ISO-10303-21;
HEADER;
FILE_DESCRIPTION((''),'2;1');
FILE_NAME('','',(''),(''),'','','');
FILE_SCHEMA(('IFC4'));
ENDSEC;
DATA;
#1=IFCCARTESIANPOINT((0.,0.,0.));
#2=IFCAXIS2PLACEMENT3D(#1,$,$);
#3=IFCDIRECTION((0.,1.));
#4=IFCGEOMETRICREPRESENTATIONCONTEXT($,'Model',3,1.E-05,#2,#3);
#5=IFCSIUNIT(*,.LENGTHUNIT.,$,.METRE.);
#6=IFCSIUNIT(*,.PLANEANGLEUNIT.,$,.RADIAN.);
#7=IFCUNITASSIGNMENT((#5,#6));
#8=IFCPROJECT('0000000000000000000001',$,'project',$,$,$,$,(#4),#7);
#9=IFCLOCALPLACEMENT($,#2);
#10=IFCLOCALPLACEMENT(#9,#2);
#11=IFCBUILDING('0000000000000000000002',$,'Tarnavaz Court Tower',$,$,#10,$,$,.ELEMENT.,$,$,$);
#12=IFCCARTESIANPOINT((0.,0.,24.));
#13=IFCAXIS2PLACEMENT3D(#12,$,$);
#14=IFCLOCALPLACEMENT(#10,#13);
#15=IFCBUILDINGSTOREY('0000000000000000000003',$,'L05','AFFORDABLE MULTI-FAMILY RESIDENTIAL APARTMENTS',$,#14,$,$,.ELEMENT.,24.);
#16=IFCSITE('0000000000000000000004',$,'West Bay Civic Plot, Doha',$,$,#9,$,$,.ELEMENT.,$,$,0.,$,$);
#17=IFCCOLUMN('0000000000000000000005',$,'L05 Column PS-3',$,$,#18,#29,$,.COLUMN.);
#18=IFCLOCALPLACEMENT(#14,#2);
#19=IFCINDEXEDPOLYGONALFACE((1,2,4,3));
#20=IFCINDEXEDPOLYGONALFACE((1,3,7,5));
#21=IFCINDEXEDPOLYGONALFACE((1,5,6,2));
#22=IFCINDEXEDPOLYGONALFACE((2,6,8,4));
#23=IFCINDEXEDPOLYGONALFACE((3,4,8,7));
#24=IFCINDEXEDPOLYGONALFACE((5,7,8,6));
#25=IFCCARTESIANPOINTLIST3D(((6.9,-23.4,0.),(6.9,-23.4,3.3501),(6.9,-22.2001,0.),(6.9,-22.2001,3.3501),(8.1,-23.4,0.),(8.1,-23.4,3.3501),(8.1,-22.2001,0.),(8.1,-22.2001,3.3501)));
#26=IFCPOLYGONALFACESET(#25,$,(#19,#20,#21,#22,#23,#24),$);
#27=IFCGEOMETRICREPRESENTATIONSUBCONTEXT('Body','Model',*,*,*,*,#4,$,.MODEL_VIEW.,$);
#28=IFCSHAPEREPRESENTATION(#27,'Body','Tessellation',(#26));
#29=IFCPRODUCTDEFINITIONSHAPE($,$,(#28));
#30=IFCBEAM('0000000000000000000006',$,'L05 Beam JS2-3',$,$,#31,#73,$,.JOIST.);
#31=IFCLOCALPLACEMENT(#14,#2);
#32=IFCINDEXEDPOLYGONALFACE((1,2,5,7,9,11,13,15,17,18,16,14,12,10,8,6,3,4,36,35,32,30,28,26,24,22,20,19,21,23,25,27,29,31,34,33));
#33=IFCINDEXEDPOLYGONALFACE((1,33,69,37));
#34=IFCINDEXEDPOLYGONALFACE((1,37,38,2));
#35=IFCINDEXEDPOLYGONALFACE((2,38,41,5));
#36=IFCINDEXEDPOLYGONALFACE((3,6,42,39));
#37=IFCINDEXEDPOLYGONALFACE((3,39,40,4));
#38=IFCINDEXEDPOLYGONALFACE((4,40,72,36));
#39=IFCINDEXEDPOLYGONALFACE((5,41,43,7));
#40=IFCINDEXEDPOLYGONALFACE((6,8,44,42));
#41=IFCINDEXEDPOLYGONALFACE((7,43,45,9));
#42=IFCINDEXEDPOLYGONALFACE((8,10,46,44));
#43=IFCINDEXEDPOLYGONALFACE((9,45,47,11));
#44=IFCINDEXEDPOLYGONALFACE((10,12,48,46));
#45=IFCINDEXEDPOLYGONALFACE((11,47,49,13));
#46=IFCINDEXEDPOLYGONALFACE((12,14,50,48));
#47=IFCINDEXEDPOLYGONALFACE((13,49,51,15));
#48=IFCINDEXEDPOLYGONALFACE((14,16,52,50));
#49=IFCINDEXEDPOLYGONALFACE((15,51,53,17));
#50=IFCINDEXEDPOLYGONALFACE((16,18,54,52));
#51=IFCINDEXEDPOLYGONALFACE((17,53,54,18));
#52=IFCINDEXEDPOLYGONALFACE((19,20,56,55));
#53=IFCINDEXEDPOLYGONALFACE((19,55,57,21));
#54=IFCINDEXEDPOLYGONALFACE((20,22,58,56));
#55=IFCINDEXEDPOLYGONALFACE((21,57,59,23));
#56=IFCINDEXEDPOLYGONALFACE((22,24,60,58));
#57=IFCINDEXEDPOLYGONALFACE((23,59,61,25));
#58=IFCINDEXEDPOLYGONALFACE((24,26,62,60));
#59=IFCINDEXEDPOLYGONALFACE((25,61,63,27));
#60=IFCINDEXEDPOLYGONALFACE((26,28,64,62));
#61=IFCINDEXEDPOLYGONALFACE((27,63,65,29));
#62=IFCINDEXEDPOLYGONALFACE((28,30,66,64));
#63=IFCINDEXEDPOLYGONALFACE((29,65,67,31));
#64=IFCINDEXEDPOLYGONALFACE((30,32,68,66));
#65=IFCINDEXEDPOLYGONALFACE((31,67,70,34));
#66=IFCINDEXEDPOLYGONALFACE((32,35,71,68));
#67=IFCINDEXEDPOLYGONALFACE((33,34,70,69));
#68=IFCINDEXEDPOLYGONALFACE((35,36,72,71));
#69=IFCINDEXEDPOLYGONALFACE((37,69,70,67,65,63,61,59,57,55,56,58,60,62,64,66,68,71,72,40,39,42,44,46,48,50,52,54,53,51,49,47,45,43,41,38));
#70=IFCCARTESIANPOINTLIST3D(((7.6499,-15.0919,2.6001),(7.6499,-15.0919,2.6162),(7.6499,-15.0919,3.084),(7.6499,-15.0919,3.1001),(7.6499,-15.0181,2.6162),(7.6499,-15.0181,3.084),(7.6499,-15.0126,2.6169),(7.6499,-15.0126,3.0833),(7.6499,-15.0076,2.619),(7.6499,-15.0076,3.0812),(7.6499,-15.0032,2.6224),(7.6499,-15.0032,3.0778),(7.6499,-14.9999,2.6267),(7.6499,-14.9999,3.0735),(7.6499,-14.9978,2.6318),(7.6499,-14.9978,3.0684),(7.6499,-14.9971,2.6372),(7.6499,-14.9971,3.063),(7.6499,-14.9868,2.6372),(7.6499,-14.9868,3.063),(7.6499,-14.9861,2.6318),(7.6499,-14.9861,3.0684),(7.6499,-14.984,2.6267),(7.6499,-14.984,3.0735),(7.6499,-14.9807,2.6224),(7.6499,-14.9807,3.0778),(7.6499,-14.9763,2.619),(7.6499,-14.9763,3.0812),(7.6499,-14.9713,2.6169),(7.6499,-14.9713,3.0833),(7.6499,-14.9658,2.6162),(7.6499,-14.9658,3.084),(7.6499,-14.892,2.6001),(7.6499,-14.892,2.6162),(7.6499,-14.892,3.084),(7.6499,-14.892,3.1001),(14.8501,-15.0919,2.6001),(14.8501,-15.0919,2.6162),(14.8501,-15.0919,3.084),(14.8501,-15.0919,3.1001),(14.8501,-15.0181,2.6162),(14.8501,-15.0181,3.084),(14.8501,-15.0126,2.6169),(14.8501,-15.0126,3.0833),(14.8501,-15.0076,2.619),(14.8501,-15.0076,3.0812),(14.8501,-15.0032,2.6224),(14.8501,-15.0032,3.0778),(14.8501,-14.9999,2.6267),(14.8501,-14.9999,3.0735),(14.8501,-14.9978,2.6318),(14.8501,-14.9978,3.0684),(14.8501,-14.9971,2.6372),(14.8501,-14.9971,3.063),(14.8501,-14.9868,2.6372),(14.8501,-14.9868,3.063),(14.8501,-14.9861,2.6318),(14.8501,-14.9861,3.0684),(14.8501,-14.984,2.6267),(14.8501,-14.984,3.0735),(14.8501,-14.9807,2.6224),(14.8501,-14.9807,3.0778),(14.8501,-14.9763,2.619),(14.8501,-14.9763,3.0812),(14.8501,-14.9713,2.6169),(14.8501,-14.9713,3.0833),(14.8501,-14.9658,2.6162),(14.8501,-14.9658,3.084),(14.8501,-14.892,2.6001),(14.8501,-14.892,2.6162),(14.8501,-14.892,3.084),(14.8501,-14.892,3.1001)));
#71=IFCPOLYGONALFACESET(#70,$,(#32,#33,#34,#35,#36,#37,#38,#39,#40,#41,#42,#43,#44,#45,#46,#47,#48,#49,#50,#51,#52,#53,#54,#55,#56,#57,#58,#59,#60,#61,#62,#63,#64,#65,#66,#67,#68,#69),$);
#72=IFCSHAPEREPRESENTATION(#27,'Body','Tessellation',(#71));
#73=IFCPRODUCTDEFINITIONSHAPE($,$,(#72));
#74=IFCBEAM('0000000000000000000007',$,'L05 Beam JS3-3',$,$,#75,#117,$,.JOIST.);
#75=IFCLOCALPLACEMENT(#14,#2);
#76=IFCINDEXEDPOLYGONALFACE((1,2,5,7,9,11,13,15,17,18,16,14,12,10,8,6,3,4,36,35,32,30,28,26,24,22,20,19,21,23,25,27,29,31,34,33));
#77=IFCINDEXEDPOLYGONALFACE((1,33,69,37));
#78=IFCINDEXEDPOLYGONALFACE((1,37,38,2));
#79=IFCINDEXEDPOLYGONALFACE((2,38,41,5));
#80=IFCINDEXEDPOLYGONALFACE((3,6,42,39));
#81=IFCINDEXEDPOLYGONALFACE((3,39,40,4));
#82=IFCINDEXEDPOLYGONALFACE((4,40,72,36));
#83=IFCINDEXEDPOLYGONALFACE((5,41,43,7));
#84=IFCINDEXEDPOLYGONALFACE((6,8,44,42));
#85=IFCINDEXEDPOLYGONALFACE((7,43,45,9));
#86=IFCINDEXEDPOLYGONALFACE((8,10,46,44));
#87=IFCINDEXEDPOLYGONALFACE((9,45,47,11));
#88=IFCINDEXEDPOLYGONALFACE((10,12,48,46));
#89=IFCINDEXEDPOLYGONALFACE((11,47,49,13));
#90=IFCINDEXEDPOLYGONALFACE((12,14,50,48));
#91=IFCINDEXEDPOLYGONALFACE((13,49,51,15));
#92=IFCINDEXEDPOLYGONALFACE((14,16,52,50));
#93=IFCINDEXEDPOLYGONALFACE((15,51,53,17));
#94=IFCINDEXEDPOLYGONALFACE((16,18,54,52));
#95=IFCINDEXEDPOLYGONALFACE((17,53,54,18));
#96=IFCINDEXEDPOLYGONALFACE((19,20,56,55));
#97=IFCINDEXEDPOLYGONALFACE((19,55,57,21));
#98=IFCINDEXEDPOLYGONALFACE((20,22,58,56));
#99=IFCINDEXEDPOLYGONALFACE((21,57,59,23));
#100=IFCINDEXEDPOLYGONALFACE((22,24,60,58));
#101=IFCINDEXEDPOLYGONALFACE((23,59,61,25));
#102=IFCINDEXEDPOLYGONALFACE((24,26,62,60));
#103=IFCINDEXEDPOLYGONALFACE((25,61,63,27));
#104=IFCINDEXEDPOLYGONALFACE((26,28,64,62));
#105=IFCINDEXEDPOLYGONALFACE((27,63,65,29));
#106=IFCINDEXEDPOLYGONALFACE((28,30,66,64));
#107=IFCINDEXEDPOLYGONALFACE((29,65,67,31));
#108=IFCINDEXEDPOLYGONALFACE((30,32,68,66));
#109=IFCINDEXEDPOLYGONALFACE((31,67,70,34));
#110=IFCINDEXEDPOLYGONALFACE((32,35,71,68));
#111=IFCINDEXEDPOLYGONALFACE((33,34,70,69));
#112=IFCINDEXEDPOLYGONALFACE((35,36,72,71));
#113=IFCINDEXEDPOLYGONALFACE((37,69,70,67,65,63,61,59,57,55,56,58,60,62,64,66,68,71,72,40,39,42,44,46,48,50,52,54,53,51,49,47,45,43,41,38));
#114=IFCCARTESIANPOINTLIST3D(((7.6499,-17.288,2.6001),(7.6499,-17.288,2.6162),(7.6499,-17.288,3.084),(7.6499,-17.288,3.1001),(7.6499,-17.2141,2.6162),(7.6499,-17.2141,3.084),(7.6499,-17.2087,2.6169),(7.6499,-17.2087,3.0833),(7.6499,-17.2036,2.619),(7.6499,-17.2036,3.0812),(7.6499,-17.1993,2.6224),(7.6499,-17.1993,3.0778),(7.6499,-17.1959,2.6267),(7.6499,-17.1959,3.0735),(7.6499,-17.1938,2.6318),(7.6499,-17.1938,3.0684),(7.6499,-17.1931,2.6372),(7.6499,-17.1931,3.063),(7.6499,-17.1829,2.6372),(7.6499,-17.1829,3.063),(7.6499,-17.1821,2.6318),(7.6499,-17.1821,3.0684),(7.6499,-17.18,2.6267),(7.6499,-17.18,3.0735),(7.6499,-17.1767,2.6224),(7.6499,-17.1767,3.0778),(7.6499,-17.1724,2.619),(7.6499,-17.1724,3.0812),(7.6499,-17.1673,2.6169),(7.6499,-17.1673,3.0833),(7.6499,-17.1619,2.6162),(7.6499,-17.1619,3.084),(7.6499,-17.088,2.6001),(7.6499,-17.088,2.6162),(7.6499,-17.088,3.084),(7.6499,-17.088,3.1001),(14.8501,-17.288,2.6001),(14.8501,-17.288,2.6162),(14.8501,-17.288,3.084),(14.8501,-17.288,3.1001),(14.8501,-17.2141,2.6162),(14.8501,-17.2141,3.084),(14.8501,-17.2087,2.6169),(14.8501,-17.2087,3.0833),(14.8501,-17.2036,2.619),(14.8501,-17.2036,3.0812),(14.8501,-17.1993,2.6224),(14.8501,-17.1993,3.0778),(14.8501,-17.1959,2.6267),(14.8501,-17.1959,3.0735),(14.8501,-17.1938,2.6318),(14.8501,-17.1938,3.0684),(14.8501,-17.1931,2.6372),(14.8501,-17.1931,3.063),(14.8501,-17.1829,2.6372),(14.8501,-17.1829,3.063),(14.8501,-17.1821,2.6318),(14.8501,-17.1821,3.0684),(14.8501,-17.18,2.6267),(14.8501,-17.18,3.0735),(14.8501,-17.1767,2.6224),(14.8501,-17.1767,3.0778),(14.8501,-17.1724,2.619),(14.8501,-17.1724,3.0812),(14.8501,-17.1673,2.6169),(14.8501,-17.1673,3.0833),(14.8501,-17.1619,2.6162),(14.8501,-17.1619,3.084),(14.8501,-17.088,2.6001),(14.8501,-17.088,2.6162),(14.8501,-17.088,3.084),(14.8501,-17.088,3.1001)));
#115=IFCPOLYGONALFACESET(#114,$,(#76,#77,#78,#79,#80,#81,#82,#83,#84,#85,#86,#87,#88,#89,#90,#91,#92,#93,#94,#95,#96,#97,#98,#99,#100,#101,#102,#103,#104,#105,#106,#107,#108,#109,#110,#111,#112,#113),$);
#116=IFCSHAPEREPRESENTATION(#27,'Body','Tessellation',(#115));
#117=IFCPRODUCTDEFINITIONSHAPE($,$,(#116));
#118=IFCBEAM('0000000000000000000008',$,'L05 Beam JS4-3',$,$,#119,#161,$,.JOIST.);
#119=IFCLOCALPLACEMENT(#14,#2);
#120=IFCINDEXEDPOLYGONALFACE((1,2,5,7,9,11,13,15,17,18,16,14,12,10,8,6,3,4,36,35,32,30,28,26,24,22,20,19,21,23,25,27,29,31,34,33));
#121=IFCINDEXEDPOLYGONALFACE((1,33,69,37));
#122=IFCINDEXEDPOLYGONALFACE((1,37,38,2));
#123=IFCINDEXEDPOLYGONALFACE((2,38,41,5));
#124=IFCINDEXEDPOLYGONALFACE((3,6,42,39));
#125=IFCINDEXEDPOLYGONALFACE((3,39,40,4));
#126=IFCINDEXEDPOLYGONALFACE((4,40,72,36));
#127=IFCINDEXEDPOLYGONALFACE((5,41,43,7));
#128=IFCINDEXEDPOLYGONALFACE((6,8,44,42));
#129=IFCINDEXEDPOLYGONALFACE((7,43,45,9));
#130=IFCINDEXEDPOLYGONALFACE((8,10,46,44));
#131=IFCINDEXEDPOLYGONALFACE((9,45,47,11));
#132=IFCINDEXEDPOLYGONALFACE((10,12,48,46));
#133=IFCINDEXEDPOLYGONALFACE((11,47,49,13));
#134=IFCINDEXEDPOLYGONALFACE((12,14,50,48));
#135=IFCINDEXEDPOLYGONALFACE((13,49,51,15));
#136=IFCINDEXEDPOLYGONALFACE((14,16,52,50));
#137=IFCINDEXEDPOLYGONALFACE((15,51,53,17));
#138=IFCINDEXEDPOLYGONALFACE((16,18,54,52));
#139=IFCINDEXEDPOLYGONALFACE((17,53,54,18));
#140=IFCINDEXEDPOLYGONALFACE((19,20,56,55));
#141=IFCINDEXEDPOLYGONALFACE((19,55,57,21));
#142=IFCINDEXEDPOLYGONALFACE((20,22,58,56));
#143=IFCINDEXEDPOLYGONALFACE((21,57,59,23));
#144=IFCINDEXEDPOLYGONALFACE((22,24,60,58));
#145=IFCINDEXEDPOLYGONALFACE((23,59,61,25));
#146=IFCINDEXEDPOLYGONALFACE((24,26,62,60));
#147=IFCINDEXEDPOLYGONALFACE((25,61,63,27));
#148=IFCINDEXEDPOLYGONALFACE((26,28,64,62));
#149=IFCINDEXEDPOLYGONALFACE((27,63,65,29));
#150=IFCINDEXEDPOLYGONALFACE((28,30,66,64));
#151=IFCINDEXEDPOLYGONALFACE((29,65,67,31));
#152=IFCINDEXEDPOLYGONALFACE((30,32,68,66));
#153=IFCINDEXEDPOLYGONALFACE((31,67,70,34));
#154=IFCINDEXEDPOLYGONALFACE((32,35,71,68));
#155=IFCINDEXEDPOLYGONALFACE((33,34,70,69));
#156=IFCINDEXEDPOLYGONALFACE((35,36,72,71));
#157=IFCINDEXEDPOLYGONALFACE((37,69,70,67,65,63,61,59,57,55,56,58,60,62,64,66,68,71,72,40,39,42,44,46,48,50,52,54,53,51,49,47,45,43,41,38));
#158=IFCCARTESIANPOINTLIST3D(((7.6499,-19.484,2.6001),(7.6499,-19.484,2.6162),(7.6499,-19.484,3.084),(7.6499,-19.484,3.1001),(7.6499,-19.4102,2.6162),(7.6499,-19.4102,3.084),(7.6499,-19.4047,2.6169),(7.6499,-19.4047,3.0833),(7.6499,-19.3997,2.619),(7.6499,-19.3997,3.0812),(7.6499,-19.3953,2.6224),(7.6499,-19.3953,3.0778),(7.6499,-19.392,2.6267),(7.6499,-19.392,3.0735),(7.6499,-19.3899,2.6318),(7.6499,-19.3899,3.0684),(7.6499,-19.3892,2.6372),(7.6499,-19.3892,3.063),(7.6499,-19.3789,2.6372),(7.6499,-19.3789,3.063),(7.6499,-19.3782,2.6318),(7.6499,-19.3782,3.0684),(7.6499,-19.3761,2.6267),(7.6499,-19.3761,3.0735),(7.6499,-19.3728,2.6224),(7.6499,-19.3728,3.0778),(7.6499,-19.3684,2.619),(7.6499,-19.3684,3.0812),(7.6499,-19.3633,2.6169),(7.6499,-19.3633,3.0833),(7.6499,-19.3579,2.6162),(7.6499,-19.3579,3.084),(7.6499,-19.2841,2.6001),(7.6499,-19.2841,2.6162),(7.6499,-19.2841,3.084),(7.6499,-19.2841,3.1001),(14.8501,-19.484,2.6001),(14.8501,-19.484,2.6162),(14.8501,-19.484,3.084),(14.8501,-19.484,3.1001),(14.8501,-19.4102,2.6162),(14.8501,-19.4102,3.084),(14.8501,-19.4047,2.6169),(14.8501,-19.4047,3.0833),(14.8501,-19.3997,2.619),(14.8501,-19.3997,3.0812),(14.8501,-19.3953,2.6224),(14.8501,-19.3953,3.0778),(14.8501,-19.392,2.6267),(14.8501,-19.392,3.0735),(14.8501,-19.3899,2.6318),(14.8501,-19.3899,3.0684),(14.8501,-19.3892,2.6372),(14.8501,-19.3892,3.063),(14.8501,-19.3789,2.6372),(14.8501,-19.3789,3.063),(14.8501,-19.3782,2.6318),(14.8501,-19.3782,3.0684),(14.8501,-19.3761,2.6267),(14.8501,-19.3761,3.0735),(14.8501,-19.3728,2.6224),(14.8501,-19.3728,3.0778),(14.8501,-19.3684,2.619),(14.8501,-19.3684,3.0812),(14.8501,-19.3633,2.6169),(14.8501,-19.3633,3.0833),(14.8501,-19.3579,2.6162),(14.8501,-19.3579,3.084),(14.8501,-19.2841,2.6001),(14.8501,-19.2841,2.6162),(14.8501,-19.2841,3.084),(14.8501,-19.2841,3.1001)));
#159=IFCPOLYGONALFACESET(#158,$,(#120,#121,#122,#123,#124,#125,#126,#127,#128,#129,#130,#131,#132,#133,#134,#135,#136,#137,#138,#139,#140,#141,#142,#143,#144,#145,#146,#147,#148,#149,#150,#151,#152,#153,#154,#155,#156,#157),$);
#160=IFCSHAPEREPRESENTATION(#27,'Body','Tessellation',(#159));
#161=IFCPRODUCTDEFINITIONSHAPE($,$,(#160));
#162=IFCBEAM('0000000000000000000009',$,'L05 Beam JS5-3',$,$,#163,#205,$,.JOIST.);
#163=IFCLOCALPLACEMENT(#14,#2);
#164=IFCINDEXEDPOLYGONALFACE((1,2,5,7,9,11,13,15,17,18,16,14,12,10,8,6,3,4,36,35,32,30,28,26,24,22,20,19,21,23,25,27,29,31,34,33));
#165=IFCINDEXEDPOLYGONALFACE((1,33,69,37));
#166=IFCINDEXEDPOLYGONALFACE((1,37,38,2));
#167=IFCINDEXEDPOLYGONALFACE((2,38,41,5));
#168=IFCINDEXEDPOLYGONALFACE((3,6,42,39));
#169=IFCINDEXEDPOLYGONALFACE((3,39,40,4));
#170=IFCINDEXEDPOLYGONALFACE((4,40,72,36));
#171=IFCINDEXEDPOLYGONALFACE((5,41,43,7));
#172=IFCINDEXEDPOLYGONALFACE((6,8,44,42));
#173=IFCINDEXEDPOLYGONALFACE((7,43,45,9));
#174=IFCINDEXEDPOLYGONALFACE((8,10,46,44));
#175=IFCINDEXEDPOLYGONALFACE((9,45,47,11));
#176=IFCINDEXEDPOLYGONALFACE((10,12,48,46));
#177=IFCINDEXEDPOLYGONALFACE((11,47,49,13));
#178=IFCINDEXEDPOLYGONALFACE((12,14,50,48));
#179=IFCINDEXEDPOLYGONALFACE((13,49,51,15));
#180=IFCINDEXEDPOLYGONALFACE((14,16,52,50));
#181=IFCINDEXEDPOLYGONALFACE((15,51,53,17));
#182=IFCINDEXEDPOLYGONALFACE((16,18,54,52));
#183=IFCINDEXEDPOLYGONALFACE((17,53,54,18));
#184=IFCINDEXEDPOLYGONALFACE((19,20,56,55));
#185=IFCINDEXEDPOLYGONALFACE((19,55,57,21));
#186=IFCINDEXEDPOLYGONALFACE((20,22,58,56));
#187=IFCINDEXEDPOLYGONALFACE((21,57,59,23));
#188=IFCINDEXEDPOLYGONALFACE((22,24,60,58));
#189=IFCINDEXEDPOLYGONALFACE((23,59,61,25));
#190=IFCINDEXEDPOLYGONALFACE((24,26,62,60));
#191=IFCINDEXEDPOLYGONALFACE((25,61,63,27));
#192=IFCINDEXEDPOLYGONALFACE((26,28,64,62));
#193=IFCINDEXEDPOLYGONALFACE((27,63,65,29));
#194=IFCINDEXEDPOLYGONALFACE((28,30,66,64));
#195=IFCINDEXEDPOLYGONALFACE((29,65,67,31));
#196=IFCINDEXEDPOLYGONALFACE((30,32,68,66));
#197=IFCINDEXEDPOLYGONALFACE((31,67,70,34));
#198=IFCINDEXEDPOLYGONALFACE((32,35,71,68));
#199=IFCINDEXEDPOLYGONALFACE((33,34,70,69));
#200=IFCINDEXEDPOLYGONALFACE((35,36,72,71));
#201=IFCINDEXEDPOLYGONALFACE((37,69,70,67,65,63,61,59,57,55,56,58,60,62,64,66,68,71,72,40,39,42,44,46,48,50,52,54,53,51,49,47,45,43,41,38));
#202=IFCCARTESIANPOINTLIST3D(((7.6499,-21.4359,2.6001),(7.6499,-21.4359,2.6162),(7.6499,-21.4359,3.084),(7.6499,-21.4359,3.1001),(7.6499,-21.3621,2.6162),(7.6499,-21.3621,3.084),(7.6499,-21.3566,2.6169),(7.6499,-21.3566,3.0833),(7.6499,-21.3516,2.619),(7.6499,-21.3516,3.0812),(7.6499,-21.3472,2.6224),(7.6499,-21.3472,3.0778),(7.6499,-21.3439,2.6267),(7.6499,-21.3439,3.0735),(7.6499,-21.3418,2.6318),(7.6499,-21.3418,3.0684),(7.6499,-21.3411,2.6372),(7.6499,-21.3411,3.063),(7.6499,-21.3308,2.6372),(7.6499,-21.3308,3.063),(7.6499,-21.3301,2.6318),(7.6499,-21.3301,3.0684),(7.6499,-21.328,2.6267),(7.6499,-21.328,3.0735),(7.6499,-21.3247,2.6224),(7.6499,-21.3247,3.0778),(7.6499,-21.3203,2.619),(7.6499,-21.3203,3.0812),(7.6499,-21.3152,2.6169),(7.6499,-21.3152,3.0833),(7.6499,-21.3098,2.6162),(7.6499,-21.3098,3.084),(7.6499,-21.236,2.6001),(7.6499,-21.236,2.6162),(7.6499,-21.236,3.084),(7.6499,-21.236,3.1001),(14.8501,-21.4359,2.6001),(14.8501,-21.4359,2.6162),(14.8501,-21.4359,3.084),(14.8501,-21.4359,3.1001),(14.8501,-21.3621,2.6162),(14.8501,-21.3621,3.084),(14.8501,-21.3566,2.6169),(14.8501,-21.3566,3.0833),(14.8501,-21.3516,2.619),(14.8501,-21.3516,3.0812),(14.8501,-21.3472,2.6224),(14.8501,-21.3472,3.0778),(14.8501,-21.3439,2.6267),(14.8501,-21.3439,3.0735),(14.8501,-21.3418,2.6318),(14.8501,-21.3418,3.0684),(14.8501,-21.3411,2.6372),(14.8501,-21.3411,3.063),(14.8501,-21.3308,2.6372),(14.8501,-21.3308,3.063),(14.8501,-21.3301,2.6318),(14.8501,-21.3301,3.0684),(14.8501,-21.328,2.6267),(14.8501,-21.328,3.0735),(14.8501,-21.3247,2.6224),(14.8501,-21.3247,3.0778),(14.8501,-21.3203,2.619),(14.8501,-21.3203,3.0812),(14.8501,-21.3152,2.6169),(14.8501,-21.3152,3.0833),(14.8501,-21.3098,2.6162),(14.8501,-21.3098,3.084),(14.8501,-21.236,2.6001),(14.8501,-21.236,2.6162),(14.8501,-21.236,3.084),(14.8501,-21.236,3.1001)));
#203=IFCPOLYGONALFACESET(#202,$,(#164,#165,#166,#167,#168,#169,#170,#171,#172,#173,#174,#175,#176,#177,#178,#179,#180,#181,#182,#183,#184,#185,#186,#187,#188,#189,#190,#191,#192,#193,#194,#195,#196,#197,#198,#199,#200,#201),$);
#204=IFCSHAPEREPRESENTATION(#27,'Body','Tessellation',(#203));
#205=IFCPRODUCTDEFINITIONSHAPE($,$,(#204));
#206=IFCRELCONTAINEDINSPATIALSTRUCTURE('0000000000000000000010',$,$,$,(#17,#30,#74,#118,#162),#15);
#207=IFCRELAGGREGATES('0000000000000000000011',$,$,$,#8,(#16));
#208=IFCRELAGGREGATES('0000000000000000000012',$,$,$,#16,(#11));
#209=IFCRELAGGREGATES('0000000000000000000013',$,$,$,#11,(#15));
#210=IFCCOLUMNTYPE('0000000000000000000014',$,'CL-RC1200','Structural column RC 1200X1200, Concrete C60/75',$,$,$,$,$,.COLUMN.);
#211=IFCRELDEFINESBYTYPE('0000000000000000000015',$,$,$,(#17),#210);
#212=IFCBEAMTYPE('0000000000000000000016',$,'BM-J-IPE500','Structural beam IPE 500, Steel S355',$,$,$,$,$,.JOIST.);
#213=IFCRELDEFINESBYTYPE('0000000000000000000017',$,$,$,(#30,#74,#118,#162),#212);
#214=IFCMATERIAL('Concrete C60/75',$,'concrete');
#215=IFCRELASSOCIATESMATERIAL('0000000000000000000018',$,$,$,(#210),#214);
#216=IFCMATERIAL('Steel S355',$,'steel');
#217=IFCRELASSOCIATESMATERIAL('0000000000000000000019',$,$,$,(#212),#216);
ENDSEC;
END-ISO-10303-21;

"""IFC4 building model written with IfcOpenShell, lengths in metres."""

from ifc_helpers import new_model, si_unit, direction, frame, origin, origin_2d, place, context, subcontext, project, spatial, rectangle, i_section, extrude, material, material_profile, profile_set, type_object, element, save


model = new_model("IFC4")

# Units and contexts
model_context = context("Model", 3, precision=1e-05, world=origin(), true_north=direction((0.0, 1.0)))
body_context = subcontext(model_context, "Body", "Model", "MODEL_VIEW")
ifc_project = project(units=[si_unit("LENGTHUNIT", "METRE"), si_unit("PLANEANGLEUNIT", "RADIAN")], contexts=[model_context])

# Site, building, storey
site_placement = place(None, origin())
site = spatial("IfcSite", under=ifc_project, at=site_placement, Name="West Bay Civic Plot, Doha", CompositionType="ELEMENT", RefElevation=0.0)
building_placement = place(site_placement, origin())
building = spatial("IfcBuilding", under=site, at=building_placement, Name="Tarnavaz Court Tower", CompositionType="ELEMENT")
storey_placement = place(building_placement, frame((0.0, 0.0, 24.0)))
storey = spatial("IfcBuildingStorey", under=building, at=storey_placement, Name="L05", Description="AFFORDABLE MULTI-FAMILY RESIDENTIAL APARTMENTS", CompositionType="ELEMENT", Elevation=24.0)

# Column
ifc_material_1 = material(Name="Concrete C60/75", Category="concrete")
ifc_material_profile_1 = material_profile(ifc_material_1, rectangle(XDim=1.2, YDim=1.2, at=origin_2d()), Name="RC 1200X1200")
ifc_profile_set_1 = profile_set([ifc_material_profile_1], Name="Concrete C60/75")
column_type = type_object("IfcColumnType", Name="CL-RC1200", Description="Structural column RC 1200X1200, Concrete C60/75", PredefinedType="COLUMN", material=ifc_profile_set_1)
column_placement = place(storey_placement, frame((7.5, -22.8, 0.0), z_axis=(0.0, 0.0, 1.0), x_axis=(1.0, 0.0, 0.0)))
element("IfcColumn", 1, at=column_placement, inside=storey, type_object=column_type, Name="L05 Column PS-3", PredefinedType="COLUMN", context=body_context, shape_type="SweptSolid", body=[
    extrude(rectangle(XDim=1.2, YDim=1.2, at=origin_2d()), origin(), (0.0, 0.0, 1.0), 3.3501),
])

# Beams
ifc_material_2 = material(Name="Steel S355", Category="steel")
ifc_material_profile_2 = material_profile(ifc_material_2, i_section(OverallWidth=0.2, OverallDepth=0.5, WebThickness=0.0103, FlangeThickness=0.0161, FilletRadius=0.021, at=origin_2d()), Name="IPE 500")
ifc_profile_set_2 = profile_set([ifc_material_profile_2], Name="Steel S355")
beam_type_1 = type_object("IfcBeamType", Name="BM-J-IPE500", Description="Structural beam IPE 500, Steel S355", PredefinedType="JOIST", material=ifc_profile_set_2)
for number, where, z_axis, x_axis, name in (
    (2, (7.6499, -14.9919, 2.8501), (1.0, 0.0, 0.0), (0.0, 1.0, 0.0), "L05 Beam JS2-3"),
    (3, (7.6499, -17.188, 2.8501), (1.0, 0.0, 0.0), (0.0, 1.0, 0.0), "L05 Beam JS3-3"),
    (4, (7.6499, -19.384, 2.8501), (1.0, 0.0, 0.0), (0.0, 1.0, 0.0), "L05 Beam JS4-3"),
    (5, (7.6499, -21.3359, 2.8501), (1.0, 0.0, 0.0), (0.0, 1.0, 0.0), "L05 Beam JS5-3"),
):
    element("IfcBeam", number, at=place(storey_placement, frame(where, z_axis=z_axis, x_axis=x_axis)), inside=storey, type_object=beam_type_1, Name=name, PredefinedType="JOIST", context=body_context, shape_type="SweptSolid", body=[
        extrude(i_section(OverallWidth=0.2, OverallDepth=0.5, WebThickness=0.0103, FlangeThickness=0.0161, FilletRadius=0.021, at=origin_2d()), origin(), (0.0, 0.0, 1.0), 7.2002),
    ])

save(model, "model.ifc")
